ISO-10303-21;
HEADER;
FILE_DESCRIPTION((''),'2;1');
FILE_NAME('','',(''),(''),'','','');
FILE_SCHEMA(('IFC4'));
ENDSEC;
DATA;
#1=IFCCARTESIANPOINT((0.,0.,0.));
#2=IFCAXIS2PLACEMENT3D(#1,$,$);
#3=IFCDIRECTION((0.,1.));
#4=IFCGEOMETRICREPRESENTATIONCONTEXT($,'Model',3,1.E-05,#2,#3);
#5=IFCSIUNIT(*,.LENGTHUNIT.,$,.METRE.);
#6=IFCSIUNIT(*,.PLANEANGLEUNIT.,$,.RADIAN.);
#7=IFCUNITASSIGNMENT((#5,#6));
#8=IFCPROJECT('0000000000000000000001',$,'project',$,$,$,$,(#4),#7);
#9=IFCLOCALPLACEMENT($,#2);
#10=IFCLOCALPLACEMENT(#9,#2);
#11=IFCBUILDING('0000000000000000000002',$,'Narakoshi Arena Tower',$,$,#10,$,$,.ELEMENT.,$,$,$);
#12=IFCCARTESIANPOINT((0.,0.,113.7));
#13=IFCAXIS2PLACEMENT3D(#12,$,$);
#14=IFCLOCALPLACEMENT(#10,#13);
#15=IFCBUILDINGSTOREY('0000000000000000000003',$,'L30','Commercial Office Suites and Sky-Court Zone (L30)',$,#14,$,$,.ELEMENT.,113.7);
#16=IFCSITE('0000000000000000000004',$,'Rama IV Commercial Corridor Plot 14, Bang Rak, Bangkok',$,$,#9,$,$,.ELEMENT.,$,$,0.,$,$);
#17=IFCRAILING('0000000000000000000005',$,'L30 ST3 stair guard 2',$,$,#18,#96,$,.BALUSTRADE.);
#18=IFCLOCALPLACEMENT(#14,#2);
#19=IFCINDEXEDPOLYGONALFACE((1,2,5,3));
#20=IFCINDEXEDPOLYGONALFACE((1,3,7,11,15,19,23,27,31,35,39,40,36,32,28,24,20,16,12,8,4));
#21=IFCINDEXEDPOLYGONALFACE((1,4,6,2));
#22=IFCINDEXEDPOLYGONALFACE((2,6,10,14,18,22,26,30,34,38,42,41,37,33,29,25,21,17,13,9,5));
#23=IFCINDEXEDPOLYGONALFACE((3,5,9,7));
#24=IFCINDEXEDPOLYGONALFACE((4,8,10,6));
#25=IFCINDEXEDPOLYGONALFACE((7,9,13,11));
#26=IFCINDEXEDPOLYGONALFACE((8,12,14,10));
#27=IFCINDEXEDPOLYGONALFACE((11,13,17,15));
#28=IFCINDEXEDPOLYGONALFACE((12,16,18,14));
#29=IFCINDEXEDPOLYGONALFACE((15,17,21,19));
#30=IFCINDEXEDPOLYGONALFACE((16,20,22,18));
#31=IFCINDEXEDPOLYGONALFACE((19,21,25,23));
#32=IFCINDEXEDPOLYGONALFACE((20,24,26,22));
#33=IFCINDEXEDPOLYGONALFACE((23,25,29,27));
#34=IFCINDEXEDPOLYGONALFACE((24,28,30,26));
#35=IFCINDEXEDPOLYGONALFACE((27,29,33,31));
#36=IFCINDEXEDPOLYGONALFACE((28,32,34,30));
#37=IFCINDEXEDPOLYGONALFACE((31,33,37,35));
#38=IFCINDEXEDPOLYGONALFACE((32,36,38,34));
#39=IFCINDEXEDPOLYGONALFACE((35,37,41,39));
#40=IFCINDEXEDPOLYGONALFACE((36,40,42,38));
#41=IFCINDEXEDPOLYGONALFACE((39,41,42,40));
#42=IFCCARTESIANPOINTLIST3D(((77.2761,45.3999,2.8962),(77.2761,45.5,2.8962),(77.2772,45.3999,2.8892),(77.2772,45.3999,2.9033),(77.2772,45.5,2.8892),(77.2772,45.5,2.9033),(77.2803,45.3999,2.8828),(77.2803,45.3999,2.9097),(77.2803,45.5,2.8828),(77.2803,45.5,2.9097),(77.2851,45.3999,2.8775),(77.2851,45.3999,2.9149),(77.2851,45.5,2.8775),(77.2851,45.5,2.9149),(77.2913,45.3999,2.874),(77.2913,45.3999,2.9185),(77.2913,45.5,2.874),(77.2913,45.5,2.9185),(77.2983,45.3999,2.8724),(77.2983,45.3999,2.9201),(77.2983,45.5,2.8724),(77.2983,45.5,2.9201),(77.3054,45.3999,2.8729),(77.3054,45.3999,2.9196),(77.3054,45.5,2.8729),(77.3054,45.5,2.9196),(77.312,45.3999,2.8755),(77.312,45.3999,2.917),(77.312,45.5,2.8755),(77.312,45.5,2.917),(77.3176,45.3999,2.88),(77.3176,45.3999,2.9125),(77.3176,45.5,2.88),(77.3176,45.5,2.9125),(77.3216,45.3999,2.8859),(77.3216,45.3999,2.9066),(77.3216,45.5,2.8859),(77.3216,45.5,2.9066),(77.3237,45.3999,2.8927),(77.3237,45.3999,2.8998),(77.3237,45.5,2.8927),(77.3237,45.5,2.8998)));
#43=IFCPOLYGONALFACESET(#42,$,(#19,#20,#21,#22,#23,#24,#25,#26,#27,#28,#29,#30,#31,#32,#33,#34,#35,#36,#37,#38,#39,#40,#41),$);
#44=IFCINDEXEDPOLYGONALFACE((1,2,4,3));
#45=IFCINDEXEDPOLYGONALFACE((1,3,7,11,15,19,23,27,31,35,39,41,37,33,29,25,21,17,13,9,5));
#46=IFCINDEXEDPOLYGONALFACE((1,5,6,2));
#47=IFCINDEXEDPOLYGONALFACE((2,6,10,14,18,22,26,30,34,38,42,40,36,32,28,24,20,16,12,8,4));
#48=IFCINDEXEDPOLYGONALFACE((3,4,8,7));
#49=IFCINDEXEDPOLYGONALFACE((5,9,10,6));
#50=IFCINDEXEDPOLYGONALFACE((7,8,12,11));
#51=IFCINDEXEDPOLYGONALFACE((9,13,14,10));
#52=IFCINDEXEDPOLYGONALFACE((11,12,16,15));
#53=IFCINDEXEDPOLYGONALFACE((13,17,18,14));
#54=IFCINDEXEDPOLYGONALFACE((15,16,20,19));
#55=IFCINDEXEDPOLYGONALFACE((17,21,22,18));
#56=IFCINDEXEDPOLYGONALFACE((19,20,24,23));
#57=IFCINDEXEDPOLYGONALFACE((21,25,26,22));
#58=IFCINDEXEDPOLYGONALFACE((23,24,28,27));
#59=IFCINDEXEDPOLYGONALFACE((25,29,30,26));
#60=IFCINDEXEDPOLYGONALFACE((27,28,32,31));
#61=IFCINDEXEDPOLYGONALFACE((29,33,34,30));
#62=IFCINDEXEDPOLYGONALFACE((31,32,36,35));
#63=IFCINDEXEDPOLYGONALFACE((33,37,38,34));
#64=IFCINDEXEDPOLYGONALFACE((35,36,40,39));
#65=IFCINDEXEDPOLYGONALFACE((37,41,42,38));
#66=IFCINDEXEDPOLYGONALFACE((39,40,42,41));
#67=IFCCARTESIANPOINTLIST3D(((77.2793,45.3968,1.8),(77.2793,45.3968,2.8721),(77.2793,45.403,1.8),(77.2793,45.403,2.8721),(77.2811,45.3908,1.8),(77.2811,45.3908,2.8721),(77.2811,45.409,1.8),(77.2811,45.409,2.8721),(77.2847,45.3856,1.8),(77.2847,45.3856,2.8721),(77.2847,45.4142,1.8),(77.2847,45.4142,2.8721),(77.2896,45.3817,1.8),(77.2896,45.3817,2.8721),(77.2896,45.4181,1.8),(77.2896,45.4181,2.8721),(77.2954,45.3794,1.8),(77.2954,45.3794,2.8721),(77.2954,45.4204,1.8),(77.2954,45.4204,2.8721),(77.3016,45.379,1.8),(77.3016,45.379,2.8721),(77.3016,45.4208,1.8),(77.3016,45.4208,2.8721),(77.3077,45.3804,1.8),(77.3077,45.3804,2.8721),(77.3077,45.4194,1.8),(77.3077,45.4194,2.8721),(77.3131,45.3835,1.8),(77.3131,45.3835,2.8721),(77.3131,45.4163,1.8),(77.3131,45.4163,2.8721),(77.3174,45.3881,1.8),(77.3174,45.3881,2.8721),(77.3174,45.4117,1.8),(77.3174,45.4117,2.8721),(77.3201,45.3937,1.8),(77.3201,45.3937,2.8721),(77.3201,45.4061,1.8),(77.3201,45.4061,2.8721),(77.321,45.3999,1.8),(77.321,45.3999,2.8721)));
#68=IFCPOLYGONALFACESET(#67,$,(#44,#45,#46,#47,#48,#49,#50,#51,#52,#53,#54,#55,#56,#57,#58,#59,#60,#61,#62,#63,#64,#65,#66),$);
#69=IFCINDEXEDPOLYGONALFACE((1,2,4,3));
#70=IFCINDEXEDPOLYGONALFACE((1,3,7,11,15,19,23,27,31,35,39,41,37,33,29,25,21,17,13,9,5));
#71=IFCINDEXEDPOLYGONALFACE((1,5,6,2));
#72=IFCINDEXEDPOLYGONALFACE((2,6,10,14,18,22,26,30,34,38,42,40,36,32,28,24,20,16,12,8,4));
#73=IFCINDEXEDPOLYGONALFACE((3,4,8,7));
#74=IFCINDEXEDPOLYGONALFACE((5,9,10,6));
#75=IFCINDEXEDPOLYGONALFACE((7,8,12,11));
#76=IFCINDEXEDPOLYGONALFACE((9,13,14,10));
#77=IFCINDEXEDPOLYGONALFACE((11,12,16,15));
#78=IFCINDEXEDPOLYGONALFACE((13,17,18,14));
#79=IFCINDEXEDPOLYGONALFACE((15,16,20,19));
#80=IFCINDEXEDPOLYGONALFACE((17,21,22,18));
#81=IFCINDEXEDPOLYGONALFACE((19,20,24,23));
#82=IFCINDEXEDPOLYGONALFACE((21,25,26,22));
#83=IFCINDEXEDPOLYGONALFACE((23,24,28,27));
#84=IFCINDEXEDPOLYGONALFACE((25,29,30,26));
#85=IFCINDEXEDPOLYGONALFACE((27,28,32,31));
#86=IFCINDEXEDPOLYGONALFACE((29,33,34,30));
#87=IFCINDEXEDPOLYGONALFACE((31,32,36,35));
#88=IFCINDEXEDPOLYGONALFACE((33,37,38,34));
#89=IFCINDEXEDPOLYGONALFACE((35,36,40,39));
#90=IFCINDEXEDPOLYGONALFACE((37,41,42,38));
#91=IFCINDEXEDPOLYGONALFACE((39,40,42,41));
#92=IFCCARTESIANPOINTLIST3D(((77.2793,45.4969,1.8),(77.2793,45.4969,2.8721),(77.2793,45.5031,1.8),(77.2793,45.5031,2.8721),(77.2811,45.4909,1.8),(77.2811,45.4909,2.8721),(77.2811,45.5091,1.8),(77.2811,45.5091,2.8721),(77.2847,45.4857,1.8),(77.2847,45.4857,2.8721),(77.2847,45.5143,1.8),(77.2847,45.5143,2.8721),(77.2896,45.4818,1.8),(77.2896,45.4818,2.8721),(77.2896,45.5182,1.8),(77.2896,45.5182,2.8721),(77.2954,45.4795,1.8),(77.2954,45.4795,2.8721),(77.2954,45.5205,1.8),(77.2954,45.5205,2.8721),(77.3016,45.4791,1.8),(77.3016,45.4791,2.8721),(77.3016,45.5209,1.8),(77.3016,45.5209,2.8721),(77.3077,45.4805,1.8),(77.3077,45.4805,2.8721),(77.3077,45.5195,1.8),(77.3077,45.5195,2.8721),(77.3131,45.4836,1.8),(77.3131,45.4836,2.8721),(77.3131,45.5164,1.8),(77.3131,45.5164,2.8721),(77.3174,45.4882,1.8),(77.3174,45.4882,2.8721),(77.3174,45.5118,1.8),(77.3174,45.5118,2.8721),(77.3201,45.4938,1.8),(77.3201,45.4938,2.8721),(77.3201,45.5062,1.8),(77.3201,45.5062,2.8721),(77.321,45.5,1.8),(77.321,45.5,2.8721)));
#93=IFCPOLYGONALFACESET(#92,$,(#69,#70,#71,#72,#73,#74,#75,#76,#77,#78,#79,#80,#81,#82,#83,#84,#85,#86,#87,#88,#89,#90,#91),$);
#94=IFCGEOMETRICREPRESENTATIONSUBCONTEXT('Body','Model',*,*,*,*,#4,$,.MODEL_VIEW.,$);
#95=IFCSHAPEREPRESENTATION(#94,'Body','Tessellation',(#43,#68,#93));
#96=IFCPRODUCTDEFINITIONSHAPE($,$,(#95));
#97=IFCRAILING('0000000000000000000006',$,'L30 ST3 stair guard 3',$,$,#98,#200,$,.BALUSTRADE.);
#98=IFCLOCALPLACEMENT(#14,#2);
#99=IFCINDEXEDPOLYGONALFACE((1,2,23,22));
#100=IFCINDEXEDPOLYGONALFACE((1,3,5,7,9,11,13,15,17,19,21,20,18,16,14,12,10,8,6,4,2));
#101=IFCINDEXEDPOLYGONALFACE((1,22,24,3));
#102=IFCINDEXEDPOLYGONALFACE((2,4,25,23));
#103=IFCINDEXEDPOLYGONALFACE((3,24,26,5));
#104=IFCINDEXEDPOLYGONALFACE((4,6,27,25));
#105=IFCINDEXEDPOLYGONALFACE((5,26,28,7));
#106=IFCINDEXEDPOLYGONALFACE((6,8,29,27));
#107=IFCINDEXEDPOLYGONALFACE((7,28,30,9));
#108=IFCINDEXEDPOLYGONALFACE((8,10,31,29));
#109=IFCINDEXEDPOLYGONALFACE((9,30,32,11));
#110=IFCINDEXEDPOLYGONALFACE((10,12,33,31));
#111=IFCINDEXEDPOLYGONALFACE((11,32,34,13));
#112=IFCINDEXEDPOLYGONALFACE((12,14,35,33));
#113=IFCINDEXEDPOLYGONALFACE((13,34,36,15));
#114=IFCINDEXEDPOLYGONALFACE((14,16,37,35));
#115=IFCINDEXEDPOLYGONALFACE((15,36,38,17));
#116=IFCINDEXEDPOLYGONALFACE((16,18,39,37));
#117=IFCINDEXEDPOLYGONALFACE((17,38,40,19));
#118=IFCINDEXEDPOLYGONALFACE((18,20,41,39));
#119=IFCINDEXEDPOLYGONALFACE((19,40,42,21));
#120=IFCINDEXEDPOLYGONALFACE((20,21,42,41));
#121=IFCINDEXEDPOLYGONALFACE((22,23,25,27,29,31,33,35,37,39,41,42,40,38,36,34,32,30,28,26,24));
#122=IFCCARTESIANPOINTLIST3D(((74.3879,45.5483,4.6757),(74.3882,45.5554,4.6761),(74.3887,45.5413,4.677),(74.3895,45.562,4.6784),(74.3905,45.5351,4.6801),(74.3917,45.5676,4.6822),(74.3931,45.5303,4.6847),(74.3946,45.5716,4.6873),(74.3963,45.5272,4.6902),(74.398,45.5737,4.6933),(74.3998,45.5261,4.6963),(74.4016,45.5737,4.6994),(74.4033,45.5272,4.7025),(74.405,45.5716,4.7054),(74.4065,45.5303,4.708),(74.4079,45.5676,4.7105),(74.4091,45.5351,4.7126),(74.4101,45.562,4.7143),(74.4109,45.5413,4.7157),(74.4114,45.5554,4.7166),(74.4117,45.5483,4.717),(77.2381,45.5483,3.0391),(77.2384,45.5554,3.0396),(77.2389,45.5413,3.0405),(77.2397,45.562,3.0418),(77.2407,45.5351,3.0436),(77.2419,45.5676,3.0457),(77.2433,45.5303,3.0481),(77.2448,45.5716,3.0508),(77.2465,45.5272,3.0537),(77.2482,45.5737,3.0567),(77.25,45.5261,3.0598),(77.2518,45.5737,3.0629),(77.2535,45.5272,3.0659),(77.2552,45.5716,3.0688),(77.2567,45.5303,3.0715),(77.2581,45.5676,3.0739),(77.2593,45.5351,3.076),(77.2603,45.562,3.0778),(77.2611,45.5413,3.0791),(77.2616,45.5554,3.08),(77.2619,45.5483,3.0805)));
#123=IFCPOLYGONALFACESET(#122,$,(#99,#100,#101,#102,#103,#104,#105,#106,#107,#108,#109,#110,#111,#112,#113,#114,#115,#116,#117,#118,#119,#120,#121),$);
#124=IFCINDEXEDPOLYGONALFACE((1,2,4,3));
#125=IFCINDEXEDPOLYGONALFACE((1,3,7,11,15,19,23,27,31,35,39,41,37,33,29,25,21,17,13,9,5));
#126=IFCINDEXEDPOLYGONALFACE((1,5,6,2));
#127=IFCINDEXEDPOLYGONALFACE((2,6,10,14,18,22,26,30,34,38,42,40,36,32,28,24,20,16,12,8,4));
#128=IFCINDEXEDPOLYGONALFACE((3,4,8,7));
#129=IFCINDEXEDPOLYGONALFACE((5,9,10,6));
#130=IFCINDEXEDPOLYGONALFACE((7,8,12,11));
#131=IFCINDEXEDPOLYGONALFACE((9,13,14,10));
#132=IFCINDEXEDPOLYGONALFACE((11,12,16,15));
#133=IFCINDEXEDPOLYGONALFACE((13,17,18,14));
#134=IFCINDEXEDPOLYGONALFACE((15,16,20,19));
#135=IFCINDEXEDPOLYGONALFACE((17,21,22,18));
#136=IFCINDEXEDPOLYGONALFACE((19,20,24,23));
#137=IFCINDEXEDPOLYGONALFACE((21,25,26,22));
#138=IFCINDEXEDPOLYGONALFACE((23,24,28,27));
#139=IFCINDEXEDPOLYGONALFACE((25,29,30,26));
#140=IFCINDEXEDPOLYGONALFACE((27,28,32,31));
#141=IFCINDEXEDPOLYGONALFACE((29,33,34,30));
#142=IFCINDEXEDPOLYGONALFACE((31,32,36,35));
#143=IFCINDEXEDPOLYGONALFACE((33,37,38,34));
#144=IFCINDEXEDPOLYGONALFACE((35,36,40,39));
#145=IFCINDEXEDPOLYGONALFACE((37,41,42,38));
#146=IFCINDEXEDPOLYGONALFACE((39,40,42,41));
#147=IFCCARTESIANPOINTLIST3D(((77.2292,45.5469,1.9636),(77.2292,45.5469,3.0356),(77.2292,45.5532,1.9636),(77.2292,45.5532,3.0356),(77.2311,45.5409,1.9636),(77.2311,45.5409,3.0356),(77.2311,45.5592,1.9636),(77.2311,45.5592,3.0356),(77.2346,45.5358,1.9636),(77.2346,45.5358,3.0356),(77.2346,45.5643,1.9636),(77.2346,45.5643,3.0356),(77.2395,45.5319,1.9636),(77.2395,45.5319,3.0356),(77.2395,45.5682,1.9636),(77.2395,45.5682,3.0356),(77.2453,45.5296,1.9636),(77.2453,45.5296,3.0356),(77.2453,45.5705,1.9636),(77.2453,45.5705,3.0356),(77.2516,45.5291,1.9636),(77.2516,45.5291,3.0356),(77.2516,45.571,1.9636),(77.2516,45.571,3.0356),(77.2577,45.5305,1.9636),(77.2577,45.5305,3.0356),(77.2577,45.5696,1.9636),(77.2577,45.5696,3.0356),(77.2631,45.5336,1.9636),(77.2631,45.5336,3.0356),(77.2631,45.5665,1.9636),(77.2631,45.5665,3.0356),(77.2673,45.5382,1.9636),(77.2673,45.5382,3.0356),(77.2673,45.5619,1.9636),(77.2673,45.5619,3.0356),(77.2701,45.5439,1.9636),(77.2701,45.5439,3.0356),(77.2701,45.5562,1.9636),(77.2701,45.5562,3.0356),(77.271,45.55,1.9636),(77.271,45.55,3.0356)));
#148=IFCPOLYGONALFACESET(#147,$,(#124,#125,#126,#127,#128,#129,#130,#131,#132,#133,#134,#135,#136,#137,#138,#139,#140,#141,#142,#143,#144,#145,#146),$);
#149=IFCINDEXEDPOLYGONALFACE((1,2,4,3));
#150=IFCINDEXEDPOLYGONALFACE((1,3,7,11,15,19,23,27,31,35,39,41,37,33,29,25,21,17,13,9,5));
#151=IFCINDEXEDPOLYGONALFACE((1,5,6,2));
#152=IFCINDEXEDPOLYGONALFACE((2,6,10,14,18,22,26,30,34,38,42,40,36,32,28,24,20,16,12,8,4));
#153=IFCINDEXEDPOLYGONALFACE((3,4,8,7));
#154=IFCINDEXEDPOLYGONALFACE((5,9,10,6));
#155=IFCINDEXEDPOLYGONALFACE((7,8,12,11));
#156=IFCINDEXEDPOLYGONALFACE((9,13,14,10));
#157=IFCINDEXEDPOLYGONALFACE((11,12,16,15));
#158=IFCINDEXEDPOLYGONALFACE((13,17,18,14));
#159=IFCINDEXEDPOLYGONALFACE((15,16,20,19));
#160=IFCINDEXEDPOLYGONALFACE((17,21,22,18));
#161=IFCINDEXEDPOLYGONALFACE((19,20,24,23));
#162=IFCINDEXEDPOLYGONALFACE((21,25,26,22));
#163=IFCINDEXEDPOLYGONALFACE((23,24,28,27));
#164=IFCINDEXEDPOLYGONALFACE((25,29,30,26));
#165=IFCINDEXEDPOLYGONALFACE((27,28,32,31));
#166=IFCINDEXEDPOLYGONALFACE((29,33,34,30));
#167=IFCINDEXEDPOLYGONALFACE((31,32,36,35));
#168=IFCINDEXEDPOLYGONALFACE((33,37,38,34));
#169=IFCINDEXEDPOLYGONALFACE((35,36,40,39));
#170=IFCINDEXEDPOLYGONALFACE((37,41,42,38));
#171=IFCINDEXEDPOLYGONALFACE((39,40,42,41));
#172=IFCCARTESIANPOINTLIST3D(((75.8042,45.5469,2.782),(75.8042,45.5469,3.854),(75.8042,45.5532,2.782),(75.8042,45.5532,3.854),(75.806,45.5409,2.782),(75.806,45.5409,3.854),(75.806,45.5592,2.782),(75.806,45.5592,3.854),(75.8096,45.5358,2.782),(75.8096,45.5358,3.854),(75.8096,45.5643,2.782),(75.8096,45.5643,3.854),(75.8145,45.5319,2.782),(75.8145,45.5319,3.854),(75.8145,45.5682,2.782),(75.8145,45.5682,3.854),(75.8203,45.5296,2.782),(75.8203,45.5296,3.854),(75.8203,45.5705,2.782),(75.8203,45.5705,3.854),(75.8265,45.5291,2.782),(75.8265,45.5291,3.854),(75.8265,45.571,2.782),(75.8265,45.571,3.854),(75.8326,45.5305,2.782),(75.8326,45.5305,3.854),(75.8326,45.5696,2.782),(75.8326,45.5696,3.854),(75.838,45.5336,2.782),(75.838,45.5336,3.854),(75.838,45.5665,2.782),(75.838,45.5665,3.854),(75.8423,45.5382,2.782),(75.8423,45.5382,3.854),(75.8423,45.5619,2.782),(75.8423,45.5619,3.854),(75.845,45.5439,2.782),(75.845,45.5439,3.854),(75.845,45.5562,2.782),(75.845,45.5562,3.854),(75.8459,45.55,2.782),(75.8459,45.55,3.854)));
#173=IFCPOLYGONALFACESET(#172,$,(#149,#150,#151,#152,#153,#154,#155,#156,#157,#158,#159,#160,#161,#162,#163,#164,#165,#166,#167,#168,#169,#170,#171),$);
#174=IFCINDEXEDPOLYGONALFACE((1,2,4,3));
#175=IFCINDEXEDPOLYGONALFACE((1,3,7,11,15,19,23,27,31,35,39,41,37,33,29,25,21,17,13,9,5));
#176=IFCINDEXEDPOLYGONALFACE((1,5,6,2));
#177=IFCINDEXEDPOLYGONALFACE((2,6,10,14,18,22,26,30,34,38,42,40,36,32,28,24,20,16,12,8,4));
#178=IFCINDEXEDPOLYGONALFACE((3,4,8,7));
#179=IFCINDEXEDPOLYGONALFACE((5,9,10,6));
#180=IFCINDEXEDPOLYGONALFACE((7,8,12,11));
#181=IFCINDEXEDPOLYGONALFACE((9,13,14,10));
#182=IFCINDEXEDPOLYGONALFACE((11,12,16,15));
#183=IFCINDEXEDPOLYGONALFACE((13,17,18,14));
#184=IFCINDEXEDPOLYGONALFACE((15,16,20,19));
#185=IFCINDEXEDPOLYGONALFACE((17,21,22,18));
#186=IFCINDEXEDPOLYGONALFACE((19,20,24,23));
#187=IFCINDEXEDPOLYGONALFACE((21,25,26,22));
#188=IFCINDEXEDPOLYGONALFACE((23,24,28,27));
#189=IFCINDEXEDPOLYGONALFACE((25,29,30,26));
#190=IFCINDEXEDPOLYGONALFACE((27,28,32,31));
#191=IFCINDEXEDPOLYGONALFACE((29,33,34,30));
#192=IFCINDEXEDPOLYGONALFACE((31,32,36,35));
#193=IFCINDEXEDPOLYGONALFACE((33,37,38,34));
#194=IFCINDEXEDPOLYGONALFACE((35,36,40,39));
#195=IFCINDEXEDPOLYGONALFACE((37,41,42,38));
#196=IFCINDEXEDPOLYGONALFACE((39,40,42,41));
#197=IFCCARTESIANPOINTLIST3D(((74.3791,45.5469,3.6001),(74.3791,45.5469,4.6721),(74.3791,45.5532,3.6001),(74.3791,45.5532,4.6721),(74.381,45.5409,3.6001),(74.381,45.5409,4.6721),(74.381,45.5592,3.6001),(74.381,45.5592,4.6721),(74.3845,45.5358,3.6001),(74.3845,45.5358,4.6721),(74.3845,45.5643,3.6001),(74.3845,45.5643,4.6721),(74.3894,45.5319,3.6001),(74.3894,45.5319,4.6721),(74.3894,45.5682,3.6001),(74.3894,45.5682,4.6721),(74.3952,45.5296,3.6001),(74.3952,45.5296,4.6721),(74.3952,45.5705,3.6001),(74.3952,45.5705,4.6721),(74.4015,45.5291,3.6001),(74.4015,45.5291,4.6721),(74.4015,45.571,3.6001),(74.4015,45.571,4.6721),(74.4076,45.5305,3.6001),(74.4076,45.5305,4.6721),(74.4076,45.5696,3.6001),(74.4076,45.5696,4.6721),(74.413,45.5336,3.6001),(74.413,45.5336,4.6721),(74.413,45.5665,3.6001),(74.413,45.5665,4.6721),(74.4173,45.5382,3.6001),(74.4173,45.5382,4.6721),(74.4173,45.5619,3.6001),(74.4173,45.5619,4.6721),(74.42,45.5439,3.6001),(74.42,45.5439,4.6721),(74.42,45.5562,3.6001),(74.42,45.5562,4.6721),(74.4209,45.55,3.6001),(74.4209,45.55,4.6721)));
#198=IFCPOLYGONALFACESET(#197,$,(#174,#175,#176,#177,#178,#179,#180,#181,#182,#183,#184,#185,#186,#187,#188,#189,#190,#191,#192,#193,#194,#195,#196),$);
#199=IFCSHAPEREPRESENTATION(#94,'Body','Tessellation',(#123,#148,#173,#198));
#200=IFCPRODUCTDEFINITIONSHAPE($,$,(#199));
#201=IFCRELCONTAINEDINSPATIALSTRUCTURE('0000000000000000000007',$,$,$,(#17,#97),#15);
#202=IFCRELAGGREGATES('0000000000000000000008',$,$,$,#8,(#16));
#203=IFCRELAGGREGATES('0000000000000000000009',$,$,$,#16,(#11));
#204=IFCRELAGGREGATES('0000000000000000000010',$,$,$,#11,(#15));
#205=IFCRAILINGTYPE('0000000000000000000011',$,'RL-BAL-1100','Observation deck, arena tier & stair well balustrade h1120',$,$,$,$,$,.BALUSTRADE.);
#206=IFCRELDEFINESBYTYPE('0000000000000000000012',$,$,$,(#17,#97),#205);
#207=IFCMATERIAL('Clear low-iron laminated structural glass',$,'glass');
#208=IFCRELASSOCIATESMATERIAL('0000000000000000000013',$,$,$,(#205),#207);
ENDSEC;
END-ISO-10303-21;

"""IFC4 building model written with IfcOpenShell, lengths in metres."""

from ifc_helpers import new_model, si_unit, direction, frame, origin, origin_2d, place, context, subcontext, project, spatial, circle, extrude, material, type_object, element, save


model = new_model("IFC4")

# Units and contexts
model_context = context("Model", 3, precision=1e-05, world=origin(), true_north=direction((0.0, 1.0)))
body_context = subcontext(model_context, "Body", "Model", "MODEL_VIEW")
ifc_project = project(units=[si_unit("LENGTHUNIT", "METRE"), si_unit("PLANEANGLEUNIT", "RADIAN")], contexts=[model_context])

# Site, building, storey
site_placement = place(None, origin())
site = spatial("IfcSite", under=ifc_project, at=site_placement, Name="Rama IV Commercial Corridor Plot 14, Bang Rak, Bangkok", CompositionType="ELEMENT", RefElevation=0.0)
building_placement = place(site_placement, origin())
building = spatial("IfcBuilding", under=site, at=building_placement, Name="Narakoshi Arena Tower", CompositionType="ELEMENT")
storey_placement = place(building_placement, frame((0.0, 0.0, 113.7)))
storey = spatial("IfcBuildingStorey", under=building, at=storey_placement, Name="L30", Description="Commercial Office Suites and Sky-Court Zone (L30)", CompositionType="ELEMENT", Elevation=113.7)

# Railings
ifc_material_1 = material(Name="Clear low-iron laminated structural glass", Category="glass")
railing_type_1 = type_object("IfcRailingType", Name="RL-BAL-1100", Description="Observation deck, arena tier & stair well balustrade h1120", PredefinedType="BALUSTRADE", material=ifc_material_1)
railing_1_placement = place(storey_placement, frame((77.3, 45.3999, 1.8)))
element("IfcRailing", 1, at=railing_1_placement, inside=storey, type_object=railing_type_1, Name="L30 ST3 stair guard 2", PredefinedType="BALUSTRADE", context=body_context, shape_type="SweptSolid", body=[
    extrude(circle(Radius=0.0239, at=origin_2d()), frame((0.0, 0.0, 1.0962), z_axis=(0.0, 1.0, 0.0), x_axis=(-1.0, 0.0, 0.0)), (0.0, 0.0, 1.0), 0.1001),
    extrude(circle(Radius=0.021, at=origin_2d()), origin(), (0.0, 0.0, 1.0), 1.072),
    extrude(circle(Radius=0.021, at=origin_2d()), frame((0.0, 0.1001, 0.0)), (0.0, 0.0, 1.0), 1.072),
])
railing_2_placement = place(storey_placement, frame((77.25, 45.55, 1.9636)))
element("IfcRailing", 2, at=railing_2_placement, inside=storey, type_object=railing_type_1, Name="L30 ST3 stair guard 3", PredefinedType="BALUSTRADE", context=body_context, shape_type="SweptSolid", body=[
    extrude(circle(Radius=0.0239, at=origin_2d()), frame((0.0, 0.0, 1.0962), z_axis=(-0.867213, 0.0, 0.497938), x_axis=(0.0, -1.0, 0.0)), (0.0, 0.0, 1.0), 3.2866),
    extrude(circle(Radius=0.021, at=origin_2d()), origin(), (0.0, 0.0, 1.0), 1.072),
    extrude(circle(Radius=0.021, at=origin_2d()), frame((-1.425, 0.0, 0.8184)), (0.0, 0.0, 1.0), 1.072),
    extrude(circle(Radius=0.021, at=origin_2d()), frame((-2.8501, 0.0, 1.6365)), (0.0, 0.0, 1.0), 1.072),
])

save(model, "model.ifc")
